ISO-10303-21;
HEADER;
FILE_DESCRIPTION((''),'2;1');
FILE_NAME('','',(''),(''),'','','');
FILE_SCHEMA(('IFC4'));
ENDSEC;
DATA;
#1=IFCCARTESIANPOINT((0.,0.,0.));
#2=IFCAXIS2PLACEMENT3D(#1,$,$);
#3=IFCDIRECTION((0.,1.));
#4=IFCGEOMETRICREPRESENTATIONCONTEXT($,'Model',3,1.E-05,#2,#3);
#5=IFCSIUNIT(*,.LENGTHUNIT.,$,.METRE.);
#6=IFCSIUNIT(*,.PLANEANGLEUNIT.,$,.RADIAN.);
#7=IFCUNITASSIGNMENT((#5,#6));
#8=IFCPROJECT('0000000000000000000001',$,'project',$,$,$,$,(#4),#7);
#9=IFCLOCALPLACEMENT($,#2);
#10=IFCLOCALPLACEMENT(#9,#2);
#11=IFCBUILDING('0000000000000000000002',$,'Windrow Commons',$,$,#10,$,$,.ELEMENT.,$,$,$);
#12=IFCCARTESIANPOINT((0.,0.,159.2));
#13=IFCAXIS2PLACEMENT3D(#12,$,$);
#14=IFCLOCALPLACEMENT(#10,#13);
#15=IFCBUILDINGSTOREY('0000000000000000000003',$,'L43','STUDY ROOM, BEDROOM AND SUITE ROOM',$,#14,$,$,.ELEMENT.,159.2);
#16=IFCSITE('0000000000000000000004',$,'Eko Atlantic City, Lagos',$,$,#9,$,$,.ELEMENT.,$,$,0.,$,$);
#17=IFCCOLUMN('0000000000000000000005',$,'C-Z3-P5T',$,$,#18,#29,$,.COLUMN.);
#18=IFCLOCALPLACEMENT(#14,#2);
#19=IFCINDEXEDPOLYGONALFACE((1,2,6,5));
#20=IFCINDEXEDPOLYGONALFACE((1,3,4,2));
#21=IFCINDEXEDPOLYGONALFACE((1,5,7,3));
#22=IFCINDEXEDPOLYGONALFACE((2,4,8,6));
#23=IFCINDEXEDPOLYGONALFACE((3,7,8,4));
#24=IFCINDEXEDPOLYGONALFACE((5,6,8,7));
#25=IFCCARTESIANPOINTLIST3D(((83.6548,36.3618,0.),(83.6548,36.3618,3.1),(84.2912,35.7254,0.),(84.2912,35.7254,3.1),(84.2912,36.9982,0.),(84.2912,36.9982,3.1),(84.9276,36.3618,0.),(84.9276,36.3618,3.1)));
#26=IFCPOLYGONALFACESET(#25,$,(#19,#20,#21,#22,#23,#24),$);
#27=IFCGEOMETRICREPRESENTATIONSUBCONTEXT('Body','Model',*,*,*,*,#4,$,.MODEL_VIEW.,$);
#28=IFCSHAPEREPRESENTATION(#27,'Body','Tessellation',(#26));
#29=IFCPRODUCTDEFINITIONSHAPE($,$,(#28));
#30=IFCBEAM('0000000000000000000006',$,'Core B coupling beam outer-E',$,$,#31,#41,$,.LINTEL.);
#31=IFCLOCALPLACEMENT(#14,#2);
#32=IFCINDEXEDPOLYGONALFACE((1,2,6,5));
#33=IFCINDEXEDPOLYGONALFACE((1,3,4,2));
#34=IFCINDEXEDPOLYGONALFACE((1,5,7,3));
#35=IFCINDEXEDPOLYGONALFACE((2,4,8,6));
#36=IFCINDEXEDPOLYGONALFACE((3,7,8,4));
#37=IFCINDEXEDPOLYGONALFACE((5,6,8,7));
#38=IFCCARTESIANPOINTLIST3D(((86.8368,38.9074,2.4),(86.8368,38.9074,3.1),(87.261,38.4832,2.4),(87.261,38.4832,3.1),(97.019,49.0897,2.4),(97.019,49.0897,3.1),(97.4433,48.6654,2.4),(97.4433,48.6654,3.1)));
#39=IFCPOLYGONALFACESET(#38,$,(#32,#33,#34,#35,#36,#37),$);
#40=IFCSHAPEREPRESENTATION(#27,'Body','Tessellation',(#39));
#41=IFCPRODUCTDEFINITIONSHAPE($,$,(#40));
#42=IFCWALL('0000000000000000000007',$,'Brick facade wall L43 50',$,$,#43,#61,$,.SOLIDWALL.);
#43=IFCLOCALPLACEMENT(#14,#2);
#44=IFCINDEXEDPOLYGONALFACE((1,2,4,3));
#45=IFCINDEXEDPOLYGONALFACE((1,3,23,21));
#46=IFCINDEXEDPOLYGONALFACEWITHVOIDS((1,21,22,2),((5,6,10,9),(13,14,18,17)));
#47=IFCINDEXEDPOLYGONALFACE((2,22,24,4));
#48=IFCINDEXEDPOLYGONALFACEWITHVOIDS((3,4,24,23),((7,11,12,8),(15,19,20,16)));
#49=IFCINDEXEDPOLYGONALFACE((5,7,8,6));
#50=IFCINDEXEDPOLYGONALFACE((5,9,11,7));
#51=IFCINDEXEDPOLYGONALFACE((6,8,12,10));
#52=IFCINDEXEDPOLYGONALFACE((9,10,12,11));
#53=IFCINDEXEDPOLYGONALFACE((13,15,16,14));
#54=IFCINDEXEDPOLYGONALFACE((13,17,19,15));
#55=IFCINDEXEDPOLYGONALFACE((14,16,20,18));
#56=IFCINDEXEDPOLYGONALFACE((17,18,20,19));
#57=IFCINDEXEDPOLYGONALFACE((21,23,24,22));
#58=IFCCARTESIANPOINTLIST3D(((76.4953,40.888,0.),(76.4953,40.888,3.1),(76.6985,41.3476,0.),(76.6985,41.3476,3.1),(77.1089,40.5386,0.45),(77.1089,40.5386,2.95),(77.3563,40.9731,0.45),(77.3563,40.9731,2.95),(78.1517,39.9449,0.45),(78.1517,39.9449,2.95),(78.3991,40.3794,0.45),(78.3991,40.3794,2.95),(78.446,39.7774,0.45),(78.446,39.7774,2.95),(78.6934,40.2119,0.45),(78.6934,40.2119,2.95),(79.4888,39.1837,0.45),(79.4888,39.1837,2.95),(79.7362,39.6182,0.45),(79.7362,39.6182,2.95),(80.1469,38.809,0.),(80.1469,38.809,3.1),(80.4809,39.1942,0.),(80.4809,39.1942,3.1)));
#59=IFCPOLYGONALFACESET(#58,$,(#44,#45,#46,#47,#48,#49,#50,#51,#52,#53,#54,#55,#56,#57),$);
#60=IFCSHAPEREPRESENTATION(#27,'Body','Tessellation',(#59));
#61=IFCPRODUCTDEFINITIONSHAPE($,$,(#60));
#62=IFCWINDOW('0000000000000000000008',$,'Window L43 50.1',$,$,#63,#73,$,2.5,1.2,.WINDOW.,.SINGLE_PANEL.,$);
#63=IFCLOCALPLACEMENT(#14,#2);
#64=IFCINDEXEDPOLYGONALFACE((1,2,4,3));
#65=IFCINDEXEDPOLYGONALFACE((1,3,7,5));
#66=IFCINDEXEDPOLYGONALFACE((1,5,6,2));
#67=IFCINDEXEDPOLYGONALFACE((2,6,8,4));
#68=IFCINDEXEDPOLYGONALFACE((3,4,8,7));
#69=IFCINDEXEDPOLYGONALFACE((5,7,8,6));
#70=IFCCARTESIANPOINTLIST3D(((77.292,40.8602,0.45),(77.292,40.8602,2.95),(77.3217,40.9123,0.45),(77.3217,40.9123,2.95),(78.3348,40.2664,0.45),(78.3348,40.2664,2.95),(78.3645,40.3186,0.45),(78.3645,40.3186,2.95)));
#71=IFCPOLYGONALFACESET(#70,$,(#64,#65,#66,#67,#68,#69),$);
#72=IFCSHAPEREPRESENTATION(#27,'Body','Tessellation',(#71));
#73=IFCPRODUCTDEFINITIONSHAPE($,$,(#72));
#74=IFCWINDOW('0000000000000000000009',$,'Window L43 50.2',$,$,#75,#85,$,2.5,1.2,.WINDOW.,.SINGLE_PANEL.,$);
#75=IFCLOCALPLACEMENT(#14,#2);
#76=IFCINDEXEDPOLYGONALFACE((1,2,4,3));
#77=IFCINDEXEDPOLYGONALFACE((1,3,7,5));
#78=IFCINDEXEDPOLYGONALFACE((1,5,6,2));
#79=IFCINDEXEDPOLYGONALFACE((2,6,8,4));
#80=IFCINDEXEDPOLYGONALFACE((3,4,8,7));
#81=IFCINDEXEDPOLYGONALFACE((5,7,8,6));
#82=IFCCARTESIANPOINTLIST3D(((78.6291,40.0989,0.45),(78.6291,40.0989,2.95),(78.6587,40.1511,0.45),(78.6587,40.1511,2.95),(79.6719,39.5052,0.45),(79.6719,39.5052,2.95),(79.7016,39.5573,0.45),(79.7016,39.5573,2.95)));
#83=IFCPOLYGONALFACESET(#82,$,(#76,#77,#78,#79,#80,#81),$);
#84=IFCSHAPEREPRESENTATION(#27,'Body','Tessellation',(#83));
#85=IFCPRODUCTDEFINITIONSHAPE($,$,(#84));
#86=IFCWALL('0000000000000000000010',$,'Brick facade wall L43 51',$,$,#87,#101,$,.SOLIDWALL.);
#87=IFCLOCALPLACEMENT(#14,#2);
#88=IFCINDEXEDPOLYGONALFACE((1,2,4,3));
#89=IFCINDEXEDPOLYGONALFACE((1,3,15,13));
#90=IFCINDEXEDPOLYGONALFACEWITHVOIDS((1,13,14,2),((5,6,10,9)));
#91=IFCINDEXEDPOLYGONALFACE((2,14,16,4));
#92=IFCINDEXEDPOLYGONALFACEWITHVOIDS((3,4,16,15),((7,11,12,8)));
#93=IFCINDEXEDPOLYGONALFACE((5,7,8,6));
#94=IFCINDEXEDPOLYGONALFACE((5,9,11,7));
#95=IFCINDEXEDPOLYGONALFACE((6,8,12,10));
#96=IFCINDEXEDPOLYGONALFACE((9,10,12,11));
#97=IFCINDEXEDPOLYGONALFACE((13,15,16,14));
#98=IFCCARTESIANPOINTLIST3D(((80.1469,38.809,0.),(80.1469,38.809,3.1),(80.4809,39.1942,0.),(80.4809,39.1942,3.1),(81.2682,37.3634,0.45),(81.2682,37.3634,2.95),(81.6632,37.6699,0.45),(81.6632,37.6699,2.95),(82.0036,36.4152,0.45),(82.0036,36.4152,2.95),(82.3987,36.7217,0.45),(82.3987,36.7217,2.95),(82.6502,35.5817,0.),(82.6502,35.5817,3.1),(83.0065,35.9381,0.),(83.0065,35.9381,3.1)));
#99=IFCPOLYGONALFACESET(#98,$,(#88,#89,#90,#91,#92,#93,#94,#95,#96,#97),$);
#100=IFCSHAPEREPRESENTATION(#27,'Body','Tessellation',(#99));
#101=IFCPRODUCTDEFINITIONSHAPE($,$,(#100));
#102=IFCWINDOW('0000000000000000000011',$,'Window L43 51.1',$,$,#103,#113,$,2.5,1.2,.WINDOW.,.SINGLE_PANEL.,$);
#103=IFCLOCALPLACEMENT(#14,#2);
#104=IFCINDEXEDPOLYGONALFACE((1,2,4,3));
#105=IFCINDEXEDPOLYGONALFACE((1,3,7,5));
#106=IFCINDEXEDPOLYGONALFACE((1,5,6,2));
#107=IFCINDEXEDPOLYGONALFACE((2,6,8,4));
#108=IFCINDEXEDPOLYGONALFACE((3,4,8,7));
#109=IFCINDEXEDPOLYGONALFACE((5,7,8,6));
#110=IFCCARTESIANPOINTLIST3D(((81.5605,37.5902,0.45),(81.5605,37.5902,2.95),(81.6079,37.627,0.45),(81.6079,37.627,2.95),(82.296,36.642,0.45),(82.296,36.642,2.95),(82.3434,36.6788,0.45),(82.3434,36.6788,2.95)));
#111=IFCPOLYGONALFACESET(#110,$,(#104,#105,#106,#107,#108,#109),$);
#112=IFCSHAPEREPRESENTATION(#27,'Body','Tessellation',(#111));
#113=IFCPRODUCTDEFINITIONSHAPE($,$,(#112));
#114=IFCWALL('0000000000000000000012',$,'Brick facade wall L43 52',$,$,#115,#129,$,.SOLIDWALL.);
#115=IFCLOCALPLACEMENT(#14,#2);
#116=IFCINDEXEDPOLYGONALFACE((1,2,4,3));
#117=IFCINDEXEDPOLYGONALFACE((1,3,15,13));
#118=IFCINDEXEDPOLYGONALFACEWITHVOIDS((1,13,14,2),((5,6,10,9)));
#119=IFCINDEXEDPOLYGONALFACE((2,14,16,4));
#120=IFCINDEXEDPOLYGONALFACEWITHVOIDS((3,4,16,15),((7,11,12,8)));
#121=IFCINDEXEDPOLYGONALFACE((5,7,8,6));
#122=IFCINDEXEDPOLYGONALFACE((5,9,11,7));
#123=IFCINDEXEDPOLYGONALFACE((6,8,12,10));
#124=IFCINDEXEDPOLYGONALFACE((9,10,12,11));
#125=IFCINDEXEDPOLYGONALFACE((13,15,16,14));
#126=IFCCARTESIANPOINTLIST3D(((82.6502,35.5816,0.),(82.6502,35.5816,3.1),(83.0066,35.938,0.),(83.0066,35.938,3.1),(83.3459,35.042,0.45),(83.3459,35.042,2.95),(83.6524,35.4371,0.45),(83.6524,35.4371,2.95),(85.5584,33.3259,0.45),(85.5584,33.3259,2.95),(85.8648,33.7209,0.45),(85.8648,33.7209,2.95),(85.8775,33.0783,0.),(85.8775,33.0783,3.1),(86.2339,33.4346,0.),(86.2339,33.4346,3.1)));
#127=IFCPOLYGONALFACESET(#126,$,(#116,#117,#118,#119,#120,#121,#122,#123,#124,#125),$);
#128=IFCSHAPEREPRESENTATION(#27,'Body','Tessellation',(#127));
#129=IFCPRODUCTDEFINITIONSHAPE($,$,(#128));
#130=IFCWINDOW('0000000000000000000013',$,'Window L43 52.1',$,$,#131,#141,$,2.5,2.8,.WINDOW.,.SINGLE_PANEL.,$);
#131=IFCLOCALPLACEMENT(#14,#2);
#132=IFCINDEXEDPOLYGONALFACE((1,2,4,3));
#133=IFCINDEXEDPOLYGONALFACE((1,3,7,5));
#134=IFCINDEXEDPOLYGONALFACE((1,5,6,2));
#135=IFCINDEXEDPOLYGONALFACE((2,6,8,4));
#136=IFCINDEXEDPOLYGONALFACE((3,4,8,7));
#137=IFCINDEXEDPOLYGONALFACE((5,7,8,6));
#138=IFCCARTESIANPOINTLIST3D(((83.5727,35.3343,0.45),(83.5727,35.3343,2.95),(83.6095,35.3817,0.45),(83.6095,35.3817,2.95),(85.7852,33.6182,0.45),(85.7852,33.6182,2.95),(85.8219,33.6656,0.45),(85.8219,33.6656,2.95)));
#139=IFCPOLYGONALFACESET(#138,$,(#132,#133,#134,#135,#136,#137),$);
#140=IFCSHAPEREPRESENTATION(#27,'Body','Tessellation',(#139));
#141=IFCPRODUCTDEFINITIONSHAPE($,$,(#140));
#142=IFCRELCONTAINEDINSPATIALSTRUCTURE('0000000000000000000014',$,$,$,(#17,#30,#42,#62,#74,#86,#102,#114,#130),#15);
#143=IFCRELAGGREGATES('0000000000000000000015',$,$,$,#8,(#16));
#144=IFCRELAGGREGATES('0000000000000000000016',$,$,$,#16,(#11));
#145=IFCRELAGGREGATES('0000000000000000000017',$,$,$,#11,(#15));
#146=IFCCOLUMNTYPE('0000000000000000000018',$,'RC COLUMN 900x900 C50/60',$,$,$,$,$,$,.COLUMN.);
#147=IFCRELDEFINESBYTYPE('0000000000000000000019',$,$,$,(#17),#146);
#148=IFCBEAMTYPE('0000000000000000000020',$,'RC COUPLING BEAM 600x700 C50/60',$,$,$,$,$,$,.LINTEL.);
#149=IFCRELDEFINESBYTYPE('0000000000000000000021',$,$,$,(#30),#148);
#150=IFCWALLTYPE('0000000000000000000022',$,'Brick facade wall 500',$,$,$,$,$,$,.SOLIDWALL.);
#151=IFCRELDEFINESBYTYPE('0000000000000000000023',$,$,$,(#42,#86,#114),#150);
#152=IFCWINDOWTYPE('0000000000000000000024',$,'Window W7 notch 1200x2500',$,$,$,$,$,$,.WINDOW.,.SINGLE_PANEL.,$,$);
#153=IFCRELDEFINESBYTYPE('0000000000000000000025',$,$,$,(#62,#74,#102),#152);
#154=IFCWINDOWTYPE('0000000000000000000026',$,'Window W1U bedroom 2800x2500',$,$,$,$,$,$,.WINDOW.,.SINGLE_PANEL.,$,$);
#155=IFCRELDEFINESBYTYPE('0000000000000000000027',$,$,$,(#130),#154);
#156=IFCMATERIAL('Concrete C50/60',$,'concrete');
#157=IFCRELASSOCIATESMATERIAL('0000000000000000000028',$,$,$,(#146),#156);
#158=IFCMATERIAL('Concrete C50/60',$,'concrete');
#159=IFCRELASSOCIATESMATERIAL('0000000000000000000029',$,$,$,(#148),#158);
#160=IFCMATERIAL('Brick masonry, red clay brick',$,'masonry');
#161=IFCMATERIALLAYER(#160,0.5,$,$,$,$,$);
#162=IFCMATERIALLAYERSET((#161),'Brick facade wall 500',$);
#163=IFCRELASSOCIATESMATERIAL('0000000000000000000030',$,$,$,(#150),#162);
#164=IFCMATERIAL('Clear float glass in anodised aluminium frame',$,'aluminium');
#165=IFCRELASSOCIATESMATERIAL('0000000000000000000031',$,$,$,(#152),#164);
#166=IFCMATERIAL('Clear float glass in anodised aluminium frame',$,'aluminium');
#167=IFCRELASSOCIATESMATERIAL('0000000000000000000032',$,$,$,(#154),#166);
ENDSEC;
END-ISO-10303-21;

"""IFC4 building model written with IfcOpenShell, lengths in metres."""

from ifc_helpers import new_model, si_unit, direction, frame, frame_2d, origin, origin_2d, place, context, subcontext, project, spatial, polyline, rectangle, outline, extrude, material, layer, layer_set, material_profile, profile_set, type_object, element, fill, save


model = new_model("IFC4")

# Units and contexts
model_context = context("Model", 3, precision=1e-05, world=origin(), true_north=direction((0.0, 1.0)))
body_context = subcontext(model_context, "Body", "Model", "MODEL_VIEW")
ifc_project = project(units=[si_unit("LENGTHUNIT", "METRE"), si_unit("PLANEANGLEUNIT", "RADIAN")], contexts=[model_context])

# Site, building, storey
site_placement = place(None, origin())
site = spatial("IfcSite", under=ifc_project, at=site_placement, Name="Eko Atlantic City, Lagos", CompositionType="ELEMENT", RefElevation=0.0)
building_placement = place(site_placement, origin())
building = spatial("IfcBuilding", under=site, at=building_placement, Name="Windrow Commons", CompositionType="ELEMENT")
storey_placement = place(building_placement, frame((0.0, 0.0, 159.2)))
storey = spatial("IfcBuildingStorey", under=building, at=storey_placement, Name="L43", Description="STUDY ROOM, BEDROOM AND SUITE ROOM", CompositionType="ELEMENT", Elevation=159.2)

# Column
ifc_material_1 = material(Name="Concrete C50/60", Category="concrete")
ifc_material_profile_1 = material_profile(ifc_material_1, rectangle(XDim=0.9, YDim=0.9, at=origin_2d()))
ifc_profile_set_1 = profile_set([ifc_material_profile_1], Name="Concrete C50/60")
column_type = type_object("IfcColumnType", Name="RC COLUMN 900x900 C50/60", PredefinedType="COLUMN", material=ifc_profile_set_1)
column_placement = place(storey_placement, frame((84.2912, 36.3618, 0.0), z_axis=(0.0, 0.0, 1.0), x_axis=(0.707107, -0.707107, 0.0)))
element("IfcColumn", 1, at=column_placement, inside=storey, type_object=column_type, Name="C-Z3-P5T", PredefinedType="COLUMN", context=body_context, shape_type="SweptSolid", body=[
    extrude(rectangle(XDim=0.9, YDim=0.9, at=origin_2d()), origin(), (0.0, 0.0, 1.0), 3.1),
])

# Beam
ifc_material_2 = material(Name="Concrete C50/60", Category="concrete")
ifc_material_profile_2 = material_profile(ifc_material_2, rectangle(XDim=0.6, YDim=0.7, at=origin_2d()))
ifc_profile_set_2 = profile_set([ifc_material_profile_2], Name="Concrete C50/60")
beam_type = type_object("IfcBeamType", Name="RC COUPLING BEAM 600x700 C50/60", PredefinedType="LINTEL", material=ifc_profile_set_2)
beam_placement = place(storey_placement, frame((87.0489, 38.6953, 2.75), z_axis=(0.707107, 0.707107, 0.0), x_axis=(-0.707107, 0.707107, 0.0)))
element("IfcBeam", 2, at=beam_placement, inside=storey, type_object=beam_type, Name="Core B coupling beam outer-E", PredefinedType="LINTEL", context=body_context, shape_type="SweptSolid", body=[
    extrude(rectangle(XDim=0.6, YDim=0.7, at=origin_2d()), origin(), (0.0, 0.0, 1.0), 14.3999),
])

# Wall, openings, windows
ifc_material_3 = material(Name="Brick masonry, red clay brick", Category="masonry")
ifc_layer_1 = layer(ifc_material_3, 0.5)
ifc_layer_set_1 = layer_set([ifc_layer_1], Name="Brick facade wall 500")
wall_type_1 = type_object("IfcWallType", Name="Brick facade wall 500", PredefinedType="SOLIDWALL", material=ifc_layer_set_1)
wall_1_placement = place(storey_placement, frame((76.5969, 41.1178, 0.0), z_axis=(0.0, 0.0, 1.0), x_axis=(0.869028, -0.494764, 0.0)))
wall_1 = element("IfcWall", 3, at=wall_1_placement, inside=storey, type_object=wall_type_1, Name="Brick facade wall L43 50", PredefinedType="SOLIDWALL", context=body_context, shape_type="SweptSolid", body=[
    extrude(outline(polyline([(0.0254, -0.25), (4.2274, -0.25), (4.327, 0.25), (-0.0254, 0.25), (0.0254, -0.25)])), origin(), (0.0, 0.0, 1.0), 3.1),
])
opening_1_placement = place(wall_1_placement, frame((0.7315, 0.0, 0.45)))
opening_1 = element("IfcOpeningElement", 4, at=opening_1_placement, cuts=wall_1, PredefinedType="OPENING", context=body_context, shape_type="SweptSolid", body=[
    extrude(rectangle(XDim=1.2, YDim=2.5, at=frame_2d((0.6, 1.25))), frame((0.0, 0.26, 0.0), z_axis=(0.0, -1.0, 0.0), x_axis=(1.0, 0.0, 0.0)), (0.0, 0.0, 1.0), 0.52),
])
opening_2_placement = place(wall_1_placement, frame((2.2701, 0.0, 0.45)))
opening_2 = element("IfcOpeningElement", 5, at=opening_2_placement, cuts=wall_1, PredefinedType="OPENING", context=body_context, shape_type="SweptSolid", body=[
    extrude(rectangle(XDim=1.2, YDim=2.5, at=frame_2d((0.6, 1.25))), frame((0.0, 0.26, 0.0), z_axis=(0.0, -1.0, 0.0), x_axis=(1.0, 0.0, 0.0)), (0.0, 0.0, 1.0), 0.52),
])
ifc_material_4 = material(Name="Clear float glass in anodised aluminium frame", Category="aluminium")
window_type_1 = type_object("IfcWindowType", Name="Window W7 notch 1200x2500", PartitioningType="SINGLE_PANEL", PredefinedType="WINDOW", material=ifc_material_4)
window_1_placement = place(opening_1_placement, origin())
window_1 = element("IfcWindow", 6, at=window_1_placement, inside=storey, type_object=window_type_1, Name="Window L43 50.1", OverallHeight=2.5, OverallWidth=1.2, PartitioningType="SINGLE_PANEL", PredefinedType="WINDOW", context=body_context, shape_type="SweptSolid", body=[
    extrude(rectangle(XDim=1.2, YDim=2.5, at=frame_2d((0.6, 1.25))), frame((0.0, 0.18, 0.0), z_axis=(0.0, -1.0, 0.0), x_axis=(1.0, 0.0, 0.0)), (0.0, 0.0, 1.0), 0.06),
])
fill(opening_1, window_1)
window_2_placement = place(opening_2_placement, origin())
window_2 = element("IfcWindow", 7, at=window_2_placement, inside=storey, type_object=window_type_1, Name="Window L43 50.2", OverallHeight=2.5, OverallWidth=1.2, PartitioningType="SINGLE_PANEL", PredefinedType="WINDOW", context=body_context, shape_type="SweptSolid", body=[
    extrude(rectangle(XDim=1.2, YDim=2.5, at=frame_2d((0.6, 1.25))), frame((0.0, 0.18, 0.0), z_axis=(0.0, -1.0, 0.0), x_axis=(1.0, 0.0, 0.0)), (0.0, 0.0, 1.0), 0.06),
])
fill(opening_2, window_2)

# Walls, openings, windows
wall_2_placement = place(storey_placement, frame((80.3139, 39.0016, 0.0), z_axis=(0.0, 0.0, 1.0), x_axis=(0.612892, -0.790167, 0.0)))
wall_2 = element("IfcWall", 8, at=wall_2_placement, inside=storey, type_object=wall_type_1, Name="Brick facade wall L43 51", PredefinedType="SOLIDWALL", context=body_context, shape_type="SweptSolid", body=[
    extrude(outline(polyline([(0.0498, -0.25), (4.1342, -0.25), (4.071, 0.25), (-0.0498, 0.25), (0.0498, -0.25)])), origin(), (0.0, 0.0, 1.0), 3.1),
])
opening_3_placement = place(wall_2_placement, frame((1.8793, 0.0, 0.45)))
opening_3 = element("IfcOpeningElement", 9, at=opening_3_placement, cuts=wall_2, PredefinedType="OPENING", context=body_context, shape_type="SweptSolid", body=[
    extrude(rectangle(XDim=1.2, YDim=2.5, at=frame_2d((0.6, 1.25))), frame((0.0, 0.26, 0.0), z_axis=(0.0, -1.0, 0.0), x_axis=(1.0, 0.0, 0.0)), (0.0, 0.0, 1.0), 0.52),
])
window_3_placement = place(opening_3_placement, origin())
window_3 = element("IfcWindow", 10, at=window_3_placement, inside=storey, type_object=window_type_1, Name="Window L43 51.1", OverallHeight=2.5, OverallWidth=1.2, PartitioningType="SINGLE_PANEL", PredefinedType="WINDOW", context=body_context, shape_type="SweptSolid", body=[
    extrude(rectangle(XDim=1.2, YDim=2.5, at=frame_2d((0.6, 1.25))), frame((0.0, 0.18, 0.0), z_axis=(0.0, -1.0, 0.0), x_axis=(1.0, 0.0, 0.0)), (0.0, 0.0, 1.0), 0.06),
])
fill(opening_3, window_3)
wall_3_placement = place(storey_placement, frame((82.8284, 35.7598, 0.0), z_axis=(0.0, 0.0, 1.0), x_axis=(0.790161, -0.612899, 0.0)))
wall_3 = element("IfcWall", 11, at=wall_3_placement, inside=storey, type_object=wall_type_1, Name="Brick facade wall L43 52", PredefinedType="SOLIDWALL", context=body_context, shape_type="SweptSolid", body=[
    extrude(outline(polyline([(-0.0316, -0.25), (4.0528, -0.25), (4.116, 0.25), (0.0316, 0.25), (-0.0316, -0.25)])), origin(), (0.0, 0.0, 1.0), 3.1),
])
opening_4_placement = place(wall_3_placement, frame((0.8489, 0.0, 0.45)))
opening_4 = element("IfcOpeningElement", 12, at=opening_4_placement, cuts=wall_3, PredefinedType="OPENING", context=body_context, shape_type="SweptSolid", body=[
    extrude(rectangle(XDim=2.8, YDim=2.5, at=frame_2d((1.4, 1.25))), frame((0.0, 0.26, 0.0), z_axis=(0.0, -1.0, 0.0), x_axis=(1.0, 0.0, 0.0)), (0.0, 0.0, 1.0), 0.52),
])
ifc_material_5 = material(Name="Clear float glass in anodised aluminium frame", Category="aluminium")
window_type_2 = type_object("IfcWindowType", Name="Window W1U bedroom 2800x2500", PartitioningType="SINGLE_PANEL", PredefinedType="WINDOW", material=ifc_material_5)
window_4_placement = place(opening_4_placement, origin())
window_4 = element("IfcWindow", 13, at=window_4_placement, inside=storey, type_object=window_type_2, Name="Window L43 52.1", OverallHeight=2.5, OverallWidth=2.8, PartitioningType="SINGLE_PANEL", PredefinedType="WINDOW", context=body_context, shape_type="SweptSolid", body=[
    extrude(rectangle(XDim=2.8, YDim=2.5, at=frame_2d((1.4, 1.25))), frame((0.0, 0.18, 0.0), z_axis=(0.0, -1.0, 0.0), x_axis=(1.0, 0.0, 0.0)), (0.0, 0.0, 1.0), 0.06),
])
fill(opening_4, window_4)

save(model, "model.ifc")
